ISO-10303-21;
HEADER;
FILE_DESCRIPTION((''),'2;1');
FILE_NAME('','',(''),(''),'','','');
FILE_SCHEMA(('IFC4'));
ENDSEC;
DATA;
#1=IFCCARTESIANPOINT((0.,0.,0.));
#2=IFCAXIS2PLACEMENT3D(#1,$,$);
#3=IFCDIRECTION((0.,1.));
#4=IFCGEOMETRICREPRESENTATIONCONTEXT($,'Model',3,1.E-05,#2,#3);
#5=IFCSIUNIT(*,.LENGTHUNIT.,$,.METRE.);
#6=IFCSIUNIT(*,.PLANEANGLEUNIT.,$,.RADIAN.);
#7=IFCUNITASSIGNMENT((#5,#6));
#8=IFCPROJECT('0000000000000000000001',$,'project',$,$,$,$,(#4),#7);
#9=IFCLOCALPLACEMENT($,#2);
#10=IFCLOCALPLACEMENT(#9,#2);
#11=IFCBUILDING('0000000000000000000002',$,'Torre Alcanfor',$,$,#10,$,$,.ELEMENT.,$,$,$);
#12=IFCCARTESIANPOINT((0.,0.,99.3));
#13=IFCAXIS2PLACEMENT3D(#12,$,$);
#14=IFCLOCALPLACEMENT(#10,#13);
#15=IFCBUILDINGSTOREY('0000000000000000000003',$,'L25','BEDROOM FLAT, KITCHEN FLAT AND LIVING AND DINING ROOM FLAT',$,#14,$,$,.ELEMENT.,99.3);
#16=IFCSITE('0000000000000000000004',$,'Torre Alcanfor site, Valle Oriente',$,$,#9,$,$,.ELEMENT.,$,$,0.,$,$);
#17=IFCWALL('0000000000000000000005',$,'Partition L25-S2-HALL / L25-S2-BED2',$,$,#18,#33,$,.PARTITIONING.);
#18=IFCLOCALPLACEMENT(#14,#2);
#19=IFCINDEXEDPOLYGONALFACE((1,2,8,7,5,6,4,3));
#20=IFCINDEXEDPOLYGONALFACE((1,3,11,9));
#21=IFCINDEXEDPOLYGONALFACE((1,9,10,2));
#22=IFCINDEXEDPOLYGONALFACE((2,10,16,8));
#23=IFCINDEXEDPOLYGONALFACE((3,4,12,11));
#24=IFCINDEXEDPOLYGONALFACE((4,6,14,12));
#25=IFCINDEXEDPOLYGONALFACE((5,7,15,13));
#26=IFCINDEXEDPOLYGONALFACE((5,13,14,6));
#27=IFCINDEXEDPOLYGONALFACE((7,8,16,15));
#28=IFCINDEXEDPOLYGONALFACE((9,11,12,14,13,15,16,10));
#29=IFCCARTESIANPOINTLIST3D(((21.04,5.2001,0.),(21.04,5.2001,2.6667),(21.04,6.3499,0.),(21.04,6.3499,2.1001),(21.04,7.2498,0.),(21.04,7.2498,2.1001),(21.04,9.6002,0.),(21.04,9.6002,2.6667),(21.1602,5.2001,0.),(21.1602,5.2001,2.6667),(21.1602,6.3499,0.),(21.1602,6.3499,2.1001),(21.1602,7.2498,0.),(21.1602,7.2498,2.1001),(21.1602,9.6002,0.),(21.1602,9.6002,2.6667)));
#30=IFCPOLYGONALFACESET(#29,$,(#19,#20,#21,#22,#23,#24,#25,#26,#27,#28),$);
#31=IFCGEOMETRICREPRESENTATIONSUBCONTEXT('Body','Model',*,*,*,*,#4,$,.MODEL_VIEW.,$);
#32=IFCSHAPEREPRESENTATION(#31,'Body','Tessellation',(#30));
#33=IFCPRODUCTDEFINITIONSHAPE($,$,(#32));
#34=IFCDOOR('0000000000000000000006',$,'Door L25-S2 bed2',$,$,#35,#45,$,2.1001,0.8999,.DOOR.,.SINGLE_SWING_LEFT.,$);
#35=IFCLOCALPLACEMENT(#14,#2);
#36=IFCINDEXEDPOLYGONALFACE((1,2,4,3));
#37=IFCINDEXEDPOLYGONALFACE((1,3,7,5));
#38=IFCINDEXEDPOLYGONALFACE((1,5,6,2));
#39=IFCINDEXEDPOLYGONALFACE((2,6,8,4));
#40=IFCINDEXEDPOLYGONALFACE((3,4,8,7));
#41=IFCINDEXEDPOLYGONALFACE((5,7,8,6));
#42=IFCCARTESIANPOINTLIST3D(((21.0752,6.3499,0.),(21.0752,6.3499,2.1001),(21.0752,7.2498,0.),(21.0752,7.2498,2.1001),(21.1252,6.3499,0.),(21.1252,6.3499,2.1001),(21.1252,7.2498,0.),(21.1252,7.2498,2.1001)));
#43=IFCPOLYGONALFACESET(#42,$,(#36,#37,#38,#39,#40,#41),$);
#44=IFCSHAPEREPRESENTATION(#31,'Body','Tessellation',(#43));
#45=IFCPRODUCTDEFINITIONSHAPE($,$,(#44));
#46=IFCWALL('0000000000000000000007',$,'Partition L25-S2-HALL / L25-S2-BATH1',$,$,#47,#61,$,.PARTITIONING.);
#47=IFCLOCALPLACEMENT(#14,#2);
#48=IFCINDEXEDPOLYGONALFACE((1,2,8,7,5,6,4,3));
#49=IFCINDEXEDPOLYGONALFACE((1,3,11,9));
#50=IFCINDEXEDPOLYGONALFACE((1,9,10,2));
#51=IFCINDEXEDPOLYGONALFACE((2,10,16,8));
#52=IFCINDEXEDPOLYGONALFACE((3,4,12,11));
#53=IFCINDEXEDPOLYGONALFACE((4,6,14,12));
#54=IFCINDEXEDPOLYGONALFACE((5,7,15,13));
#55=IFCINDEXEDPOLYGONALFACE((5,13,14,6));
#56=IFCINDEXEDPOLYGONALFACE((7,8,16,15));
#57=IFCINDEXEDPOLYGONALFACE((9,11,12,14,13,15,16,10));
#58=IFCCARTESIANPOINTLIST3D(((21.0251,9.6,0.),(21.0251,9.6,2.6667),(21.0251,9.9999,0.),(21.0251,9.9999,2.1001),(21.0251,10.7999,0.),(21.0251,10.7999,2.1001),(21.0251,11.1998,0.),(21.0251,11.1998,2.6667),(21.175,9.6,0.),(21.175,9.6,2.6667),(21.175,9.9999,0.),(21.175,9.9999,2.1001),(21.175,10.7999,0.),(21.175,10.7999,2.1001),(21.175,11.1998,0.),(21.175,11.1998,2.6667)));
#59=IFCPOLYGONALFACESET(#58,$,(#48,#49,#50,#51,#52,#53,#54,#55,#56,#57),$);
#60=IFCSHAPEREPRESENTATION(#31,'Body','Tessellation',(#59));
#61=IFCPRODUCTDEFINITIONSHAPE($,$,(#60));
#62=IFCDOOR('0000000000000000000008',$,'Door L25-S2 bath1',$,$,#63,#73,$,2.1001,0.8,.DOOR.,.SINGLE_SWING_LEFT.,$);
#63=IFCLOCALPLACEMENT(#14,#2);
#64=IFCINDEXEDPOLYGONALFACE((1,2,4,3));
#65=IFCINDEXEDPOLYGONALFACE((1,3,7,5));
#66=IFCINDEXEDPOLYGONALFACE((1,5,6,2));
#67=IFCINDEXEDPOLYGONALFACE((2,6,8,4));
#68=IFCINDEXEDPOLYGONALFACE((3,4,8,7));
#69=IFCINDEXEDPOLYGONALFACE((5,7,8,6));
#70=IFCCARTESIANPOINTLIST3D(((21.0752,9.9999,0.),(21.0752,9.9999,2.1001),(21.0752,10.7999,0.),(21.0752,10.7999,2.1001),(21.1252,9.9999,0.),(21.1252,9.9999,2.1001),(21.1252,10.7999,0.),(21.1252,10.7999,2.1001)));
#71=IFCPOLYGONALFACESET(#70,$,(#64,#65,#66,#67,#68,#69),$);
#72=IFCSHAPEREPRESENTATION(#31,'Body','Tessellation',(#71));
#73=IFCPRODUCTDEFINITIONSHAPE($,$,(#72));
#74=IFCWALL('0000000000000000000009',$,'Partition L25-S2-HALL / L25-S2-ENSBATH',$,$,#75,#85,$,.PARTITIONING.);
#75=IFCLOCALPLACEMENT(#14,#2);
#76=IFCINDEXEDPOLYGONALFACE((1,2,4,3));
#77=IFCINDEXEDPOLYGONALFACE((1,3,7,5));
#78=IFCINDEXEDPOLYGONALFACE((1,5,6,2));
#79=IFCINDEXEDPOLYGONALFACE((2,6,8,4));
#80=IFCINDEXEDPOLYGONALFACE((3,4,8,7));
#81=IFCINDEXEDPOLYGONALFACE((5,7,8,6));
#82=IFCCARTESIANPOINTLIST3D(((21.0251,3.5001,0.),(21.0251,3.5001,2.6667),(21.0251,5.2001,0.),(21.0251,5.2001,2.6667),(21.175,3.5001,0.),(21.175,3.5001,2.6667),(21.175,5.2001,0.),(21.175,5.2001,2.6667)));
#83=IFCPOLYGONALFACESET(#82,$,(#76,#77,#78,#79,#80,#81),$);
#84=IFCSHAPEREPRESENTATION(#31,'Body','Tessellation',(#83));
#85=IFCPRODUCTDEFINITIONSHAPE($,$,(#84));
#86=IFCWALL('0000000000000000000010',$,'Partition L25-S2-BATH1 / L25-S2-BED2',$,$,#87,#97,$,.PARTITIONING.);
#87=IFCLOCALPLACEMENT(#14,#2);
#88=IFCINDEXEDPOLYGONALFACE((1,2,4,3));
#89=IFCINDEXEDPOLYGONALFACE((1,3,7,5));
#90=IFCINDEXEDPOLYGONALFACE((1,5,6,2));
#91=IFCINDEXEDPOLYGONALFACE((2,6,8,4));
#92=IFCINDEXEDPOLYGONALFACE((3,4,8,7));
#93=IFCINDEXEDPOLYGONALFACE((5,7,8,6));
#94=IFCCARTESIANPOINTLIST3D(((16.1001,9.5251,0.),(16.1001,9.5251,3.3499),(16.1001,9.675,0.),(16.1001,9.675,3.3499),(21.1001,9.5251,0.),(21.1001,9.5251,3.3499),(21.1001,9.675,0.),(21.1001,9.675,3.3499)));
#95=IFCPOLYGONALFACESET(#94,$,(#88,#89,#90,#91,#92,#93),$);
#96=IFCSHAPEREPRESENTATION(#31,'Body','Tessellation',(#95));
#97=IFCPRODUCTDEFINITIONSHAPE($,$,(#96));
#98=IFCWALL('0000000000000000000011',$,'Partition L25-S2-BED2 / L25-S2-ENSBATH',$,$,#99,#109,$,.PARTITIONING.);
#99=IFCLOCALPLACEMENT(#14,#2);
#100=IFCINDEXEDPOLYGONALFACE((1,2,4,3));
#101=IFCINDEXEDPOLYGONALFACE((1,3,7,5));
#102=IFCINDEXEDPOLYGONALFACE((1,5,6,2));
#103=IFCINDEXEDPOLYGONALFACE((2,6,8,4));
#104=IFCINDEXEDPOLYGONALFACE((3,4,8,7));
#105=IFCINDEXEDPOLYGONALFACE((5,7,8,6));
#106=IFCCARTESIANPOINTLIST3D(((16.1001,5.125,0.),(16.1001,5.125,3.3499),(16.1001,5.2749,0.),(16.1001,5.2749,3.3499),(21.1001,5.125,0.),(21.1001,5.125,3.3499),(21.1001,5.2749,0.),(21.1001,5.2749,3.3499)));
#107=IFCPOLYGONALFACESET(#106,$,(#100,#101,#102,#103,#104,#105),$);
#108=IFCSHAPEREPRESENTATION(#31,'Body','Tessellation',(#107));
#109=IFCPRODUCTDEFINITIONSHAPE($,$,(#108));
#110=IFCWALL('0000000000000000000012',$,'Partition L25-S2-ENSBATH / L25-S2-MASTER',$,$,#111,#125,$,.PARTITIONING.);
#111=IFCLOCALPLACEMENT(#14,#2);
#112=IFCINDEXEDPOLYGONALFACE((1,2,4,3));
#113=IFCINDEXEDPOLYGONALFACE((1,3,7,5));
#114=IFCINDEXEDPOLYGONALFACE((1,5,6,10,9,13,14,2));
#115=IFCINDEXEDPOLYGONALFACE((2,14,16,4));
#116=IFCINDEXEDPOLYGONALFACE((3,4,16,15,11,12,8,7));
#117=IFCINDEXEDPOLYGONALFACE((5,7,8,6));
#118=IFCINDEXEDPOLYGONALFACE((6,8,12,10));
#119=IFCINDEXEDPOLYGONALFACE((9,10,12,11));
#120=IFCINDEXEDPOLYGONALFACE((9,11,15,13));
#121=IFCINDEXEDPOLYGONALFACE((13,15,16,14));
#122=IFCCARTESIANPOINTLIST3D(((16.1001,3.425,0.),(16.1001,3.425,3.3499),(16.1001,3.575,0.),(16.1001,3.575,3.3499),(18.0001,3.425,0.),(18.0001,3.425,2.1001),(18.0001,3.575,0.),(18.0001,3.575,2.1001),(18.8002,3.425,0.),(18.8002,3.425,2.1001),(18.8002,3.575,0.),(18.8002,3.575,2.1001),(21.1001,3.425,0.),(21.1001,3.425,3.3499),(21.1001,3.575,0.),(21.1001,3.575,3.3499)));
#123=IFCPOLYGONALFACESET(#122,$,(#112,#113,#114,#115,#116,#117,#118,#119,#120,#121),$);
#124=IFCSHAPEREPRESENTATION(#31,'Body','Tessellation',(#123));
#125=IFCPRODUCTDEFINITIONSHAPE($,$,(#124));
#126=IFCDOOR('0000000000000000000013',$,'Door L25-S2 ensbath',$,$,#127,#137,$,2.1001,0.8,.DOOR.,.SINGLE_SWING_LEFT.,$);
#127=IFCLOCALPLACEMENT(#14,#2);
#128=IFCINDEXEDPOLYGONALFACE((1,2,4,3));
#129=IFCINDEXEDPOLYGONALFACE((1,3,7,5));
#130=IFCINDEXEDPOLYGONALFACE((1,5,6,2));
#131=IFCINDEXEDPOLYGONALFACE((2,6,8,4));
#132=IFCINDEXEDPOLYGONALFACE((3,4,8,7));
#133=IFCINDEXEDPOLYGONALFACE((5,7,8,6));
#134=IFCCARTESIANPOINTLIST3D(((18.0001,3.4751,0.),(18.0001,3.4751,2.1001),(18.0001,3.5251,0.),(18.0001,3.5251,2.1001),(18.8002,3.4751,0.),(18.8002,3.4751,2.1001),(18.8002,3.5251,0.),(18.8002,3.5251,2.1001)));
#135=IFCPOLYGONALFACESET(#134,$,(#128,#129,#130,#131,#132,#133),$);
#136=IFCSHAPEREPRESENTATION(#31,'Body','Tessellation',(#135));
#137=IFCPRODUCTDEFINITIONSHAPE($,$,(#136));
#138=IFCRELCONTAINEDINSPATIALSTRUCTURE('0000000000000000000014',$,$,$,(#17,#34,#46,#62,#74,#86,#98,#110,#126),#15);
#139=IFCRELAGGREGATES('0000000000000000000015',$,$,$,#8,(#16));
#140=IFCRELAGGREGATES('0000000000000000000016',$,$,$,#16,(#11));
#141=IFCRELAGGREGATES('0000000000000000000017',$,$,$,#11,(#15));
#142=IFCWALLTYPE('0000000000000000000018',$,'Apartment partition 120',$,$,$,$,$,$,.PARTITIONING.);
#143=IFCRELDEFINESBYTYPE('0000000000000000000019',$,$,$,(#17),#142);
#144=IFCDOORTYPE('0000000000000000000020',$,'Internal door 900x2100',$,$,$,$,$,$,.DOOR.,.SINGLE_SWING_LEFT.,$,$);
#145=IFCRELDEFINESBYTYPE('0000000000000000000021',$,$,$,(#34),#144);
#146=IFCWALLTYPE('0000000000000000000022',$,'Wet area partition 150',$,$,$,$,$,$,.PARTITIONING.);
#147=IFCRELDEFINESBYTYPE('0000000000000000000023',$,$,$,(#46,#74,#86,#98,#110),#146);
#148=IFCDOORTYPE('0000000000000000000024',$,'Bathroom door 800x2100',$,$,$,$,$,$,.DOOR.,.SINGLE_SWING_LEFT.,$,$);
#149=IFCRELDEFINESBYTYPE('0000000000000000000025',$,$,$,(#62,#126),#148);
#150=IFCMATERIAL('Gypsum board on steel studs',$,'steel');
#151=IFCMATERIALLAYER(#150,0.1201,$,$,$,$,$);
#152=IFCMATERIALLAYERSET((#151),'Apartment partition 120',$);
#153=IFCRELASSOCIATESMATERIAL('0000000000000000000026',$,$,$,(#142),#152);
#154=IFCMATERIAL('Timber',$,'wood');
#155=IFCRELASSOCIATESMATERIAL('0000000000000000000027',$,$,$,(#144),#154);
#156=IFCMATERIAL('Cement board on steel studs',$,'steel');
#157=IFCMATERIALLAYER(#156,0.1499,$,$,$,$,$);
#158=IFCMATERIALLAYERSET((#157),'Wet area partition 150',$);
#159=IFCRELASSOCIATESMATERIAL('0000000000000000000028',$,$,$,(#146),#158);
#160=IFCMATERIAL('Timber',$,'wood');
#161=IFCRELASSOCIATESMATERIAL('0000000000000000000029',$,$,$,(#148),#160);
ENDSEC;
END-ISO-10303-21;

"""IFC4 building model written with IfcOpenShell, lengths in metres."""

from ifc_helpers import new_model, si_unit, direction, frame, frame_2d, origin, place, context, subcontext, project, spatial, rectangle, extrude, material, layer, layer_set, type_object, element, fill, save


model = new_model("IFC4")

# Units and contexts
model_context = context("Model", 3, precision=1e-05, world=origin(), true_north=direction((0.0, 1.0)))
body_context = subcontext(model_context, "Body", "Model", "MODEL_VIEW")
ifc_project = project(units=[si_unit("LENGTHUNIT", "METRE"), si_unit("PLANEANGLEUNIT", "RADIAN")], contexts=[model_context])

# Site, building, storey
site_placement = place(None, origin())
site = spatial("IfcSite", under=ifc_project, at=site_placement, Name="Torre Alcanfor site, Valle Oriente", CompositionType="ELEMENT", RefElevation=0.0)
building_placement = place(site_placement, origin())
building = spatial("IfcBuilding", under=site, at=building_placement, Name="Torre Alcanfor", CompositionType="ELEMENT")
storey_placement = place(building_placement, frame((0.0, 0.0, 99.3)))
storey = spatial("IfcBuildingStorey", under=building, at=storey_placement, Name="L25", Description="BEDROOM FLAT, KITCHEN FLAT AND LIVING AND DINING ROOM FLAT", CompositionType="ELEMENT", Elevation=99.3)

# Walls, openings, doors
ifc_material_1 = material(Name="Gypsum board on steel studs", Category="steel")
ifc_layer_1 = layer(ifc_material_1, 0.1201)
ifc_layer_set_1 = layer_set([ifc_layer_1], Name="Apartment partition 120")
wall_type_1 = type_object("IfcWallType", Name="Apartment partition 120", PredefinedType="PARTITIONING", material=ifc_layer_set_1)
ifc_material_2 = material(Name="Timber", Category="wood")
door_type_1 = type_object("IfcDoorType", Name="Internal door 900x2100", OperationType="SINGLE_SWING_LEFT", PredefinedType="DOOR", material=ifc_material_2)
wall_1_placement = place(storey_placement, frame((21.1001, 5.2, 0.0), z_axis=(0.0, 0.0, 1.0), x_axis=(0.0, 1.0, 0.0)))
wall_1 = element("IfcWall", 1, at=wall_1_placement, inside=storey, type_object=wall_type_1, Name="Partition L25-S2-HALL / L25-S2-BED2", PredefinedType="PARTITIONING", context=body_context, shape_type="SweptSolid", body=[
    extrude(rectangle(XDim=4.4001, YDim=0.1201, at=frame_2d((2.2002, 0.0))), origin(), (0.0, 0.0, 1.0), 2.6667),
])
opening_1_placement = place(wall_1_placement, frame((1.1499, 0.0, 0.0)))
opening_1 = element("IfcOpeningElement", 2, at=opening_1_placement, cuts=wall_1, PredefinedType="OPENING", context=body_context, shape_type="SweptSolid", body=[
    extrude(rectangle(XDim=0.8999, YDim=2.1001, at=frame_2d((0.45, 1.05))), frame((0.0, 0.0701, 0.0), z_axis=(0.0, -1.0, 0.0), x_axis=(1.0, 0.0, 0.0)), (0.0, 0.0, 1.0), 0.1401),
])
door_1_placement = place(opening_1_placement, origin())
door_1 = element("IfcDoor", 3, at=door_1_placement, inside=storey, type_object=door_type_1, Name="Door L25-S2 bed2", OperationType="SINGLE_SWING_LEFT", OverallHeight=2.1001, OverallWidth=0.8999, PredefinedType="DOOR", context=body_context, shape_type="SweptSolid", body=[
    extrude(rectangle(XDim=0.8999, YDim=2.1001, at=frame_2d((0.45, 1.05))), frame((0.0, 0.0249, 0.0), z_axis=(0.0, -1.0, 0.0), x_axis=(1.0, 0.0, 0.0)), (0.0, 0.0, 1.0), 0.05),
])
fill(opening_1, door_1)
ifc_material_3 = material(Name="Cement board on steel studs", Category="steel")
ifc_layer_2 = layer(ifc_material_3, 0.1499)
ifc_layer_set_2 = layer_set([ifc_layer_2], Name="Wet area partition 150")
wall_type_2 = type_object("IfcWallType", Name="Wet area partition 150", PredefinedType="PARTITIONING", material=ifc_layer_set_2)
wall_2_placement = place(storey_placement, frame((21.1001, 9.6001, 0.0), z_axis=(0.0, 0.0, 1.0), x_axis=(0.0, 1.0, 0.0)))
wall_2 = element("IfcWall", 4, at=wall_2_placement, inside=storey, type_object=wall_type_2, Name="Partition L25-S2-HALL / L25-S2-BATH1", PredefinedType="PARTITIONING", context=body_context, shape_type="SweptSolid", body=[
    extrude(rectangle(XDim=1.5999, YDim=0.1499, at=frame_2d((0.7998, 0.0))), origin(), (0.0, 0.0, 1.0), 2.6667),
])
opening_2_placement = place(wall_2_placement, frame((0.3999, 0.0, 0.0)))
opening_2 = element("IfcOpeningElement", 5, at=opening_2_placement, cuts=wall_2, PredefinedType="OPENING", context=body_context, shape_type="SweptSolid", body=[
    extrude(rectangle(XDim=0.8, YDim=2.1001, at=frame_2d((0.3999, 1.05))), frame((0.0, 0.085, 0.0), z_axis=(0.0, -1.0, 0.0), x_axis=(1.0, 0.0, 0.0)), (0.0, 0.0, 1.0), 0.1699),
])
ifc_material_4 = material(Name="Timber", Category="wood")
door_type_2 = type_object("IfcDoorType", Name="Bathroom door 800x2100", OperationType="SINGLE_SWING_LEFT", PredefinedType="DOOR", material=ifc_material_4)
door_2_placement = place(opening_2_placement, origin())
door_2 = element("IfcDoor", 6, at=door_2_placement, inside=storey, type_object=door_type_2, Name="Door L25-S2 bath1", OperationType="SINGLE_SWING_LEFT", OverallHeight=2.1001, OverallWidth=0.8, PredefinedType="DOOR", context=body_context, shape_type="SweptSolid", body=[
    extrude(rectangle(XDim=0.8, YDim=2.1001, at=frame_2d((0.3999, 1.05))), frame((0.0, 0.0249, 0.0), z_axis=(0.0, -1.0, 0.0), x_axis=(1.0, 0.0, 0.0)), (0.0, 0.0, 1.0), 0.05),
])
fill(opening_2, door_2)

# Walls
wall_3_placement = place(storey_placement, frame((21.1001, 3.5, 0.0), z_axis=(0.0, 0.0, 1.0), x_axis=(0.0, 1.0, 0.0)))
element("IfcWall", 7, at=wall_3_placement, inside=storey, type_object=wall_type_2, Name="Partition L25-S2-HALL / L25-S2-ENSBATH", PredefinedType="PARTITIONING", context=body_context, shape_type="SweptSolid", body=[
    extrude(rectangle(XDim=1.7, YDim=0.1499, at=frame_2d((0.8501, 0.0))), origin(), (0.0, 0.0, 1.0), 2.6667),
])
for number, where, z_axis, x_axis, name in (
    (8, (21.1001, 9.6001, 0.0), (0.0, 0.0, 1.0), (-1.0, 0.0, 0.0), "Partition L25-S2-BATH1 / L25-S2-BED2"),
    (9, (21.1001, 5.2, 0.0), (0.0, 0.0, 1.0), (-1.0, 0.0, 0.0), "Partition L25-S2-BED2 / L25-S2-ENSBATH"),
):
    element("IfcWall", number, at=place(storey_placement, frame(where, z_axis=z_axis, x_axis=x_axis)), inside=storey, type_object=wall_type_2, Name=name, PredefinedType="PARTITIONING", context=body_context, shape_type="SweptSolid", body=[
        extrude(rectangle(XDim=5.0, YDim=0.1499, at=frame_2d((2.5, 0.0))), origin(), (0.0, 0.0, 1.0), 3.3499),
    ])

# Wall, opening, door
wall_4_placement = place(storey_placement, frame((21.1001, 3.5, 0.0), z_axis=(0.0, 0.0, 1.0), x_axis=(-1.0, 0.0, 0.0)))
wall_4 = element("IfcWall", 10, at=wall_4_placement, inside=storey, type_object=wall_type_2, Name="Partition L25-S2-ENSBATH / L25-S2-MASTER", PredefinedType="PARTITIONING", context=body_context, shape_type="SweptSolid", body=[
    extrude(rectangle(XDim=5.0, YDim=0.1499, at=frame_2d((2.5, 0.0))), origin(), (0.0, 0.0, 1.0), 3.3499),
])
opening_3_placement = place(wall_4_placement, frame((2.3, 0.0, 0.0)))
opening_3 = element("IfcOpeningElement", 11, at=opening_3_placement, cuts=wall_4, PredefinedType="OPENING", context=body_context, shape_type="SweptSolid", body=[
    extrude(rectangle(XDim=0.8, YDim=2.1001, at=frame_2d((0.3999, 1.05))), frame((0.0, 0.085, 0.0), z_axis=(0.0, -1.0, 0.0), x_axis=(1.0, 0.0, 0.0)), (0.0, 0.0, 1.0), 0.1699),
])
door_3_placement = place(opening_3_placement, frame((0.8, 0.0, 0.0), z_axis=(0.0, 0.0, 1.0), x_axis=(-1.0, 0.0, 0.0)))
door_3 = element("IfcDoor", 12, at=door_3_placement, inside=storey, type_object=door_type_2, Name="Door L25-S2 ensbath", OperationType="SINGLE_SWING_LEFT", OverallHeight=2.1001, OverallWidth=0.8, PredefinedType="DOOR", context=body_context, shape_type="SweptSolid", body=[
    extrude(rectangle(XDim=0.8, YDim=2.1001, at=frame_2d((0.4001, 1.05))), frame((0.0, 0.0251, 0.0), z_axis=(0.0, -1.0, 0.0), x_axis=(1.0, 0.0, 0.0)), (0.0, 0.0, 1.0), 0.05),
])
fill(opening_3, door_3)

save(model, "model.ifc")
